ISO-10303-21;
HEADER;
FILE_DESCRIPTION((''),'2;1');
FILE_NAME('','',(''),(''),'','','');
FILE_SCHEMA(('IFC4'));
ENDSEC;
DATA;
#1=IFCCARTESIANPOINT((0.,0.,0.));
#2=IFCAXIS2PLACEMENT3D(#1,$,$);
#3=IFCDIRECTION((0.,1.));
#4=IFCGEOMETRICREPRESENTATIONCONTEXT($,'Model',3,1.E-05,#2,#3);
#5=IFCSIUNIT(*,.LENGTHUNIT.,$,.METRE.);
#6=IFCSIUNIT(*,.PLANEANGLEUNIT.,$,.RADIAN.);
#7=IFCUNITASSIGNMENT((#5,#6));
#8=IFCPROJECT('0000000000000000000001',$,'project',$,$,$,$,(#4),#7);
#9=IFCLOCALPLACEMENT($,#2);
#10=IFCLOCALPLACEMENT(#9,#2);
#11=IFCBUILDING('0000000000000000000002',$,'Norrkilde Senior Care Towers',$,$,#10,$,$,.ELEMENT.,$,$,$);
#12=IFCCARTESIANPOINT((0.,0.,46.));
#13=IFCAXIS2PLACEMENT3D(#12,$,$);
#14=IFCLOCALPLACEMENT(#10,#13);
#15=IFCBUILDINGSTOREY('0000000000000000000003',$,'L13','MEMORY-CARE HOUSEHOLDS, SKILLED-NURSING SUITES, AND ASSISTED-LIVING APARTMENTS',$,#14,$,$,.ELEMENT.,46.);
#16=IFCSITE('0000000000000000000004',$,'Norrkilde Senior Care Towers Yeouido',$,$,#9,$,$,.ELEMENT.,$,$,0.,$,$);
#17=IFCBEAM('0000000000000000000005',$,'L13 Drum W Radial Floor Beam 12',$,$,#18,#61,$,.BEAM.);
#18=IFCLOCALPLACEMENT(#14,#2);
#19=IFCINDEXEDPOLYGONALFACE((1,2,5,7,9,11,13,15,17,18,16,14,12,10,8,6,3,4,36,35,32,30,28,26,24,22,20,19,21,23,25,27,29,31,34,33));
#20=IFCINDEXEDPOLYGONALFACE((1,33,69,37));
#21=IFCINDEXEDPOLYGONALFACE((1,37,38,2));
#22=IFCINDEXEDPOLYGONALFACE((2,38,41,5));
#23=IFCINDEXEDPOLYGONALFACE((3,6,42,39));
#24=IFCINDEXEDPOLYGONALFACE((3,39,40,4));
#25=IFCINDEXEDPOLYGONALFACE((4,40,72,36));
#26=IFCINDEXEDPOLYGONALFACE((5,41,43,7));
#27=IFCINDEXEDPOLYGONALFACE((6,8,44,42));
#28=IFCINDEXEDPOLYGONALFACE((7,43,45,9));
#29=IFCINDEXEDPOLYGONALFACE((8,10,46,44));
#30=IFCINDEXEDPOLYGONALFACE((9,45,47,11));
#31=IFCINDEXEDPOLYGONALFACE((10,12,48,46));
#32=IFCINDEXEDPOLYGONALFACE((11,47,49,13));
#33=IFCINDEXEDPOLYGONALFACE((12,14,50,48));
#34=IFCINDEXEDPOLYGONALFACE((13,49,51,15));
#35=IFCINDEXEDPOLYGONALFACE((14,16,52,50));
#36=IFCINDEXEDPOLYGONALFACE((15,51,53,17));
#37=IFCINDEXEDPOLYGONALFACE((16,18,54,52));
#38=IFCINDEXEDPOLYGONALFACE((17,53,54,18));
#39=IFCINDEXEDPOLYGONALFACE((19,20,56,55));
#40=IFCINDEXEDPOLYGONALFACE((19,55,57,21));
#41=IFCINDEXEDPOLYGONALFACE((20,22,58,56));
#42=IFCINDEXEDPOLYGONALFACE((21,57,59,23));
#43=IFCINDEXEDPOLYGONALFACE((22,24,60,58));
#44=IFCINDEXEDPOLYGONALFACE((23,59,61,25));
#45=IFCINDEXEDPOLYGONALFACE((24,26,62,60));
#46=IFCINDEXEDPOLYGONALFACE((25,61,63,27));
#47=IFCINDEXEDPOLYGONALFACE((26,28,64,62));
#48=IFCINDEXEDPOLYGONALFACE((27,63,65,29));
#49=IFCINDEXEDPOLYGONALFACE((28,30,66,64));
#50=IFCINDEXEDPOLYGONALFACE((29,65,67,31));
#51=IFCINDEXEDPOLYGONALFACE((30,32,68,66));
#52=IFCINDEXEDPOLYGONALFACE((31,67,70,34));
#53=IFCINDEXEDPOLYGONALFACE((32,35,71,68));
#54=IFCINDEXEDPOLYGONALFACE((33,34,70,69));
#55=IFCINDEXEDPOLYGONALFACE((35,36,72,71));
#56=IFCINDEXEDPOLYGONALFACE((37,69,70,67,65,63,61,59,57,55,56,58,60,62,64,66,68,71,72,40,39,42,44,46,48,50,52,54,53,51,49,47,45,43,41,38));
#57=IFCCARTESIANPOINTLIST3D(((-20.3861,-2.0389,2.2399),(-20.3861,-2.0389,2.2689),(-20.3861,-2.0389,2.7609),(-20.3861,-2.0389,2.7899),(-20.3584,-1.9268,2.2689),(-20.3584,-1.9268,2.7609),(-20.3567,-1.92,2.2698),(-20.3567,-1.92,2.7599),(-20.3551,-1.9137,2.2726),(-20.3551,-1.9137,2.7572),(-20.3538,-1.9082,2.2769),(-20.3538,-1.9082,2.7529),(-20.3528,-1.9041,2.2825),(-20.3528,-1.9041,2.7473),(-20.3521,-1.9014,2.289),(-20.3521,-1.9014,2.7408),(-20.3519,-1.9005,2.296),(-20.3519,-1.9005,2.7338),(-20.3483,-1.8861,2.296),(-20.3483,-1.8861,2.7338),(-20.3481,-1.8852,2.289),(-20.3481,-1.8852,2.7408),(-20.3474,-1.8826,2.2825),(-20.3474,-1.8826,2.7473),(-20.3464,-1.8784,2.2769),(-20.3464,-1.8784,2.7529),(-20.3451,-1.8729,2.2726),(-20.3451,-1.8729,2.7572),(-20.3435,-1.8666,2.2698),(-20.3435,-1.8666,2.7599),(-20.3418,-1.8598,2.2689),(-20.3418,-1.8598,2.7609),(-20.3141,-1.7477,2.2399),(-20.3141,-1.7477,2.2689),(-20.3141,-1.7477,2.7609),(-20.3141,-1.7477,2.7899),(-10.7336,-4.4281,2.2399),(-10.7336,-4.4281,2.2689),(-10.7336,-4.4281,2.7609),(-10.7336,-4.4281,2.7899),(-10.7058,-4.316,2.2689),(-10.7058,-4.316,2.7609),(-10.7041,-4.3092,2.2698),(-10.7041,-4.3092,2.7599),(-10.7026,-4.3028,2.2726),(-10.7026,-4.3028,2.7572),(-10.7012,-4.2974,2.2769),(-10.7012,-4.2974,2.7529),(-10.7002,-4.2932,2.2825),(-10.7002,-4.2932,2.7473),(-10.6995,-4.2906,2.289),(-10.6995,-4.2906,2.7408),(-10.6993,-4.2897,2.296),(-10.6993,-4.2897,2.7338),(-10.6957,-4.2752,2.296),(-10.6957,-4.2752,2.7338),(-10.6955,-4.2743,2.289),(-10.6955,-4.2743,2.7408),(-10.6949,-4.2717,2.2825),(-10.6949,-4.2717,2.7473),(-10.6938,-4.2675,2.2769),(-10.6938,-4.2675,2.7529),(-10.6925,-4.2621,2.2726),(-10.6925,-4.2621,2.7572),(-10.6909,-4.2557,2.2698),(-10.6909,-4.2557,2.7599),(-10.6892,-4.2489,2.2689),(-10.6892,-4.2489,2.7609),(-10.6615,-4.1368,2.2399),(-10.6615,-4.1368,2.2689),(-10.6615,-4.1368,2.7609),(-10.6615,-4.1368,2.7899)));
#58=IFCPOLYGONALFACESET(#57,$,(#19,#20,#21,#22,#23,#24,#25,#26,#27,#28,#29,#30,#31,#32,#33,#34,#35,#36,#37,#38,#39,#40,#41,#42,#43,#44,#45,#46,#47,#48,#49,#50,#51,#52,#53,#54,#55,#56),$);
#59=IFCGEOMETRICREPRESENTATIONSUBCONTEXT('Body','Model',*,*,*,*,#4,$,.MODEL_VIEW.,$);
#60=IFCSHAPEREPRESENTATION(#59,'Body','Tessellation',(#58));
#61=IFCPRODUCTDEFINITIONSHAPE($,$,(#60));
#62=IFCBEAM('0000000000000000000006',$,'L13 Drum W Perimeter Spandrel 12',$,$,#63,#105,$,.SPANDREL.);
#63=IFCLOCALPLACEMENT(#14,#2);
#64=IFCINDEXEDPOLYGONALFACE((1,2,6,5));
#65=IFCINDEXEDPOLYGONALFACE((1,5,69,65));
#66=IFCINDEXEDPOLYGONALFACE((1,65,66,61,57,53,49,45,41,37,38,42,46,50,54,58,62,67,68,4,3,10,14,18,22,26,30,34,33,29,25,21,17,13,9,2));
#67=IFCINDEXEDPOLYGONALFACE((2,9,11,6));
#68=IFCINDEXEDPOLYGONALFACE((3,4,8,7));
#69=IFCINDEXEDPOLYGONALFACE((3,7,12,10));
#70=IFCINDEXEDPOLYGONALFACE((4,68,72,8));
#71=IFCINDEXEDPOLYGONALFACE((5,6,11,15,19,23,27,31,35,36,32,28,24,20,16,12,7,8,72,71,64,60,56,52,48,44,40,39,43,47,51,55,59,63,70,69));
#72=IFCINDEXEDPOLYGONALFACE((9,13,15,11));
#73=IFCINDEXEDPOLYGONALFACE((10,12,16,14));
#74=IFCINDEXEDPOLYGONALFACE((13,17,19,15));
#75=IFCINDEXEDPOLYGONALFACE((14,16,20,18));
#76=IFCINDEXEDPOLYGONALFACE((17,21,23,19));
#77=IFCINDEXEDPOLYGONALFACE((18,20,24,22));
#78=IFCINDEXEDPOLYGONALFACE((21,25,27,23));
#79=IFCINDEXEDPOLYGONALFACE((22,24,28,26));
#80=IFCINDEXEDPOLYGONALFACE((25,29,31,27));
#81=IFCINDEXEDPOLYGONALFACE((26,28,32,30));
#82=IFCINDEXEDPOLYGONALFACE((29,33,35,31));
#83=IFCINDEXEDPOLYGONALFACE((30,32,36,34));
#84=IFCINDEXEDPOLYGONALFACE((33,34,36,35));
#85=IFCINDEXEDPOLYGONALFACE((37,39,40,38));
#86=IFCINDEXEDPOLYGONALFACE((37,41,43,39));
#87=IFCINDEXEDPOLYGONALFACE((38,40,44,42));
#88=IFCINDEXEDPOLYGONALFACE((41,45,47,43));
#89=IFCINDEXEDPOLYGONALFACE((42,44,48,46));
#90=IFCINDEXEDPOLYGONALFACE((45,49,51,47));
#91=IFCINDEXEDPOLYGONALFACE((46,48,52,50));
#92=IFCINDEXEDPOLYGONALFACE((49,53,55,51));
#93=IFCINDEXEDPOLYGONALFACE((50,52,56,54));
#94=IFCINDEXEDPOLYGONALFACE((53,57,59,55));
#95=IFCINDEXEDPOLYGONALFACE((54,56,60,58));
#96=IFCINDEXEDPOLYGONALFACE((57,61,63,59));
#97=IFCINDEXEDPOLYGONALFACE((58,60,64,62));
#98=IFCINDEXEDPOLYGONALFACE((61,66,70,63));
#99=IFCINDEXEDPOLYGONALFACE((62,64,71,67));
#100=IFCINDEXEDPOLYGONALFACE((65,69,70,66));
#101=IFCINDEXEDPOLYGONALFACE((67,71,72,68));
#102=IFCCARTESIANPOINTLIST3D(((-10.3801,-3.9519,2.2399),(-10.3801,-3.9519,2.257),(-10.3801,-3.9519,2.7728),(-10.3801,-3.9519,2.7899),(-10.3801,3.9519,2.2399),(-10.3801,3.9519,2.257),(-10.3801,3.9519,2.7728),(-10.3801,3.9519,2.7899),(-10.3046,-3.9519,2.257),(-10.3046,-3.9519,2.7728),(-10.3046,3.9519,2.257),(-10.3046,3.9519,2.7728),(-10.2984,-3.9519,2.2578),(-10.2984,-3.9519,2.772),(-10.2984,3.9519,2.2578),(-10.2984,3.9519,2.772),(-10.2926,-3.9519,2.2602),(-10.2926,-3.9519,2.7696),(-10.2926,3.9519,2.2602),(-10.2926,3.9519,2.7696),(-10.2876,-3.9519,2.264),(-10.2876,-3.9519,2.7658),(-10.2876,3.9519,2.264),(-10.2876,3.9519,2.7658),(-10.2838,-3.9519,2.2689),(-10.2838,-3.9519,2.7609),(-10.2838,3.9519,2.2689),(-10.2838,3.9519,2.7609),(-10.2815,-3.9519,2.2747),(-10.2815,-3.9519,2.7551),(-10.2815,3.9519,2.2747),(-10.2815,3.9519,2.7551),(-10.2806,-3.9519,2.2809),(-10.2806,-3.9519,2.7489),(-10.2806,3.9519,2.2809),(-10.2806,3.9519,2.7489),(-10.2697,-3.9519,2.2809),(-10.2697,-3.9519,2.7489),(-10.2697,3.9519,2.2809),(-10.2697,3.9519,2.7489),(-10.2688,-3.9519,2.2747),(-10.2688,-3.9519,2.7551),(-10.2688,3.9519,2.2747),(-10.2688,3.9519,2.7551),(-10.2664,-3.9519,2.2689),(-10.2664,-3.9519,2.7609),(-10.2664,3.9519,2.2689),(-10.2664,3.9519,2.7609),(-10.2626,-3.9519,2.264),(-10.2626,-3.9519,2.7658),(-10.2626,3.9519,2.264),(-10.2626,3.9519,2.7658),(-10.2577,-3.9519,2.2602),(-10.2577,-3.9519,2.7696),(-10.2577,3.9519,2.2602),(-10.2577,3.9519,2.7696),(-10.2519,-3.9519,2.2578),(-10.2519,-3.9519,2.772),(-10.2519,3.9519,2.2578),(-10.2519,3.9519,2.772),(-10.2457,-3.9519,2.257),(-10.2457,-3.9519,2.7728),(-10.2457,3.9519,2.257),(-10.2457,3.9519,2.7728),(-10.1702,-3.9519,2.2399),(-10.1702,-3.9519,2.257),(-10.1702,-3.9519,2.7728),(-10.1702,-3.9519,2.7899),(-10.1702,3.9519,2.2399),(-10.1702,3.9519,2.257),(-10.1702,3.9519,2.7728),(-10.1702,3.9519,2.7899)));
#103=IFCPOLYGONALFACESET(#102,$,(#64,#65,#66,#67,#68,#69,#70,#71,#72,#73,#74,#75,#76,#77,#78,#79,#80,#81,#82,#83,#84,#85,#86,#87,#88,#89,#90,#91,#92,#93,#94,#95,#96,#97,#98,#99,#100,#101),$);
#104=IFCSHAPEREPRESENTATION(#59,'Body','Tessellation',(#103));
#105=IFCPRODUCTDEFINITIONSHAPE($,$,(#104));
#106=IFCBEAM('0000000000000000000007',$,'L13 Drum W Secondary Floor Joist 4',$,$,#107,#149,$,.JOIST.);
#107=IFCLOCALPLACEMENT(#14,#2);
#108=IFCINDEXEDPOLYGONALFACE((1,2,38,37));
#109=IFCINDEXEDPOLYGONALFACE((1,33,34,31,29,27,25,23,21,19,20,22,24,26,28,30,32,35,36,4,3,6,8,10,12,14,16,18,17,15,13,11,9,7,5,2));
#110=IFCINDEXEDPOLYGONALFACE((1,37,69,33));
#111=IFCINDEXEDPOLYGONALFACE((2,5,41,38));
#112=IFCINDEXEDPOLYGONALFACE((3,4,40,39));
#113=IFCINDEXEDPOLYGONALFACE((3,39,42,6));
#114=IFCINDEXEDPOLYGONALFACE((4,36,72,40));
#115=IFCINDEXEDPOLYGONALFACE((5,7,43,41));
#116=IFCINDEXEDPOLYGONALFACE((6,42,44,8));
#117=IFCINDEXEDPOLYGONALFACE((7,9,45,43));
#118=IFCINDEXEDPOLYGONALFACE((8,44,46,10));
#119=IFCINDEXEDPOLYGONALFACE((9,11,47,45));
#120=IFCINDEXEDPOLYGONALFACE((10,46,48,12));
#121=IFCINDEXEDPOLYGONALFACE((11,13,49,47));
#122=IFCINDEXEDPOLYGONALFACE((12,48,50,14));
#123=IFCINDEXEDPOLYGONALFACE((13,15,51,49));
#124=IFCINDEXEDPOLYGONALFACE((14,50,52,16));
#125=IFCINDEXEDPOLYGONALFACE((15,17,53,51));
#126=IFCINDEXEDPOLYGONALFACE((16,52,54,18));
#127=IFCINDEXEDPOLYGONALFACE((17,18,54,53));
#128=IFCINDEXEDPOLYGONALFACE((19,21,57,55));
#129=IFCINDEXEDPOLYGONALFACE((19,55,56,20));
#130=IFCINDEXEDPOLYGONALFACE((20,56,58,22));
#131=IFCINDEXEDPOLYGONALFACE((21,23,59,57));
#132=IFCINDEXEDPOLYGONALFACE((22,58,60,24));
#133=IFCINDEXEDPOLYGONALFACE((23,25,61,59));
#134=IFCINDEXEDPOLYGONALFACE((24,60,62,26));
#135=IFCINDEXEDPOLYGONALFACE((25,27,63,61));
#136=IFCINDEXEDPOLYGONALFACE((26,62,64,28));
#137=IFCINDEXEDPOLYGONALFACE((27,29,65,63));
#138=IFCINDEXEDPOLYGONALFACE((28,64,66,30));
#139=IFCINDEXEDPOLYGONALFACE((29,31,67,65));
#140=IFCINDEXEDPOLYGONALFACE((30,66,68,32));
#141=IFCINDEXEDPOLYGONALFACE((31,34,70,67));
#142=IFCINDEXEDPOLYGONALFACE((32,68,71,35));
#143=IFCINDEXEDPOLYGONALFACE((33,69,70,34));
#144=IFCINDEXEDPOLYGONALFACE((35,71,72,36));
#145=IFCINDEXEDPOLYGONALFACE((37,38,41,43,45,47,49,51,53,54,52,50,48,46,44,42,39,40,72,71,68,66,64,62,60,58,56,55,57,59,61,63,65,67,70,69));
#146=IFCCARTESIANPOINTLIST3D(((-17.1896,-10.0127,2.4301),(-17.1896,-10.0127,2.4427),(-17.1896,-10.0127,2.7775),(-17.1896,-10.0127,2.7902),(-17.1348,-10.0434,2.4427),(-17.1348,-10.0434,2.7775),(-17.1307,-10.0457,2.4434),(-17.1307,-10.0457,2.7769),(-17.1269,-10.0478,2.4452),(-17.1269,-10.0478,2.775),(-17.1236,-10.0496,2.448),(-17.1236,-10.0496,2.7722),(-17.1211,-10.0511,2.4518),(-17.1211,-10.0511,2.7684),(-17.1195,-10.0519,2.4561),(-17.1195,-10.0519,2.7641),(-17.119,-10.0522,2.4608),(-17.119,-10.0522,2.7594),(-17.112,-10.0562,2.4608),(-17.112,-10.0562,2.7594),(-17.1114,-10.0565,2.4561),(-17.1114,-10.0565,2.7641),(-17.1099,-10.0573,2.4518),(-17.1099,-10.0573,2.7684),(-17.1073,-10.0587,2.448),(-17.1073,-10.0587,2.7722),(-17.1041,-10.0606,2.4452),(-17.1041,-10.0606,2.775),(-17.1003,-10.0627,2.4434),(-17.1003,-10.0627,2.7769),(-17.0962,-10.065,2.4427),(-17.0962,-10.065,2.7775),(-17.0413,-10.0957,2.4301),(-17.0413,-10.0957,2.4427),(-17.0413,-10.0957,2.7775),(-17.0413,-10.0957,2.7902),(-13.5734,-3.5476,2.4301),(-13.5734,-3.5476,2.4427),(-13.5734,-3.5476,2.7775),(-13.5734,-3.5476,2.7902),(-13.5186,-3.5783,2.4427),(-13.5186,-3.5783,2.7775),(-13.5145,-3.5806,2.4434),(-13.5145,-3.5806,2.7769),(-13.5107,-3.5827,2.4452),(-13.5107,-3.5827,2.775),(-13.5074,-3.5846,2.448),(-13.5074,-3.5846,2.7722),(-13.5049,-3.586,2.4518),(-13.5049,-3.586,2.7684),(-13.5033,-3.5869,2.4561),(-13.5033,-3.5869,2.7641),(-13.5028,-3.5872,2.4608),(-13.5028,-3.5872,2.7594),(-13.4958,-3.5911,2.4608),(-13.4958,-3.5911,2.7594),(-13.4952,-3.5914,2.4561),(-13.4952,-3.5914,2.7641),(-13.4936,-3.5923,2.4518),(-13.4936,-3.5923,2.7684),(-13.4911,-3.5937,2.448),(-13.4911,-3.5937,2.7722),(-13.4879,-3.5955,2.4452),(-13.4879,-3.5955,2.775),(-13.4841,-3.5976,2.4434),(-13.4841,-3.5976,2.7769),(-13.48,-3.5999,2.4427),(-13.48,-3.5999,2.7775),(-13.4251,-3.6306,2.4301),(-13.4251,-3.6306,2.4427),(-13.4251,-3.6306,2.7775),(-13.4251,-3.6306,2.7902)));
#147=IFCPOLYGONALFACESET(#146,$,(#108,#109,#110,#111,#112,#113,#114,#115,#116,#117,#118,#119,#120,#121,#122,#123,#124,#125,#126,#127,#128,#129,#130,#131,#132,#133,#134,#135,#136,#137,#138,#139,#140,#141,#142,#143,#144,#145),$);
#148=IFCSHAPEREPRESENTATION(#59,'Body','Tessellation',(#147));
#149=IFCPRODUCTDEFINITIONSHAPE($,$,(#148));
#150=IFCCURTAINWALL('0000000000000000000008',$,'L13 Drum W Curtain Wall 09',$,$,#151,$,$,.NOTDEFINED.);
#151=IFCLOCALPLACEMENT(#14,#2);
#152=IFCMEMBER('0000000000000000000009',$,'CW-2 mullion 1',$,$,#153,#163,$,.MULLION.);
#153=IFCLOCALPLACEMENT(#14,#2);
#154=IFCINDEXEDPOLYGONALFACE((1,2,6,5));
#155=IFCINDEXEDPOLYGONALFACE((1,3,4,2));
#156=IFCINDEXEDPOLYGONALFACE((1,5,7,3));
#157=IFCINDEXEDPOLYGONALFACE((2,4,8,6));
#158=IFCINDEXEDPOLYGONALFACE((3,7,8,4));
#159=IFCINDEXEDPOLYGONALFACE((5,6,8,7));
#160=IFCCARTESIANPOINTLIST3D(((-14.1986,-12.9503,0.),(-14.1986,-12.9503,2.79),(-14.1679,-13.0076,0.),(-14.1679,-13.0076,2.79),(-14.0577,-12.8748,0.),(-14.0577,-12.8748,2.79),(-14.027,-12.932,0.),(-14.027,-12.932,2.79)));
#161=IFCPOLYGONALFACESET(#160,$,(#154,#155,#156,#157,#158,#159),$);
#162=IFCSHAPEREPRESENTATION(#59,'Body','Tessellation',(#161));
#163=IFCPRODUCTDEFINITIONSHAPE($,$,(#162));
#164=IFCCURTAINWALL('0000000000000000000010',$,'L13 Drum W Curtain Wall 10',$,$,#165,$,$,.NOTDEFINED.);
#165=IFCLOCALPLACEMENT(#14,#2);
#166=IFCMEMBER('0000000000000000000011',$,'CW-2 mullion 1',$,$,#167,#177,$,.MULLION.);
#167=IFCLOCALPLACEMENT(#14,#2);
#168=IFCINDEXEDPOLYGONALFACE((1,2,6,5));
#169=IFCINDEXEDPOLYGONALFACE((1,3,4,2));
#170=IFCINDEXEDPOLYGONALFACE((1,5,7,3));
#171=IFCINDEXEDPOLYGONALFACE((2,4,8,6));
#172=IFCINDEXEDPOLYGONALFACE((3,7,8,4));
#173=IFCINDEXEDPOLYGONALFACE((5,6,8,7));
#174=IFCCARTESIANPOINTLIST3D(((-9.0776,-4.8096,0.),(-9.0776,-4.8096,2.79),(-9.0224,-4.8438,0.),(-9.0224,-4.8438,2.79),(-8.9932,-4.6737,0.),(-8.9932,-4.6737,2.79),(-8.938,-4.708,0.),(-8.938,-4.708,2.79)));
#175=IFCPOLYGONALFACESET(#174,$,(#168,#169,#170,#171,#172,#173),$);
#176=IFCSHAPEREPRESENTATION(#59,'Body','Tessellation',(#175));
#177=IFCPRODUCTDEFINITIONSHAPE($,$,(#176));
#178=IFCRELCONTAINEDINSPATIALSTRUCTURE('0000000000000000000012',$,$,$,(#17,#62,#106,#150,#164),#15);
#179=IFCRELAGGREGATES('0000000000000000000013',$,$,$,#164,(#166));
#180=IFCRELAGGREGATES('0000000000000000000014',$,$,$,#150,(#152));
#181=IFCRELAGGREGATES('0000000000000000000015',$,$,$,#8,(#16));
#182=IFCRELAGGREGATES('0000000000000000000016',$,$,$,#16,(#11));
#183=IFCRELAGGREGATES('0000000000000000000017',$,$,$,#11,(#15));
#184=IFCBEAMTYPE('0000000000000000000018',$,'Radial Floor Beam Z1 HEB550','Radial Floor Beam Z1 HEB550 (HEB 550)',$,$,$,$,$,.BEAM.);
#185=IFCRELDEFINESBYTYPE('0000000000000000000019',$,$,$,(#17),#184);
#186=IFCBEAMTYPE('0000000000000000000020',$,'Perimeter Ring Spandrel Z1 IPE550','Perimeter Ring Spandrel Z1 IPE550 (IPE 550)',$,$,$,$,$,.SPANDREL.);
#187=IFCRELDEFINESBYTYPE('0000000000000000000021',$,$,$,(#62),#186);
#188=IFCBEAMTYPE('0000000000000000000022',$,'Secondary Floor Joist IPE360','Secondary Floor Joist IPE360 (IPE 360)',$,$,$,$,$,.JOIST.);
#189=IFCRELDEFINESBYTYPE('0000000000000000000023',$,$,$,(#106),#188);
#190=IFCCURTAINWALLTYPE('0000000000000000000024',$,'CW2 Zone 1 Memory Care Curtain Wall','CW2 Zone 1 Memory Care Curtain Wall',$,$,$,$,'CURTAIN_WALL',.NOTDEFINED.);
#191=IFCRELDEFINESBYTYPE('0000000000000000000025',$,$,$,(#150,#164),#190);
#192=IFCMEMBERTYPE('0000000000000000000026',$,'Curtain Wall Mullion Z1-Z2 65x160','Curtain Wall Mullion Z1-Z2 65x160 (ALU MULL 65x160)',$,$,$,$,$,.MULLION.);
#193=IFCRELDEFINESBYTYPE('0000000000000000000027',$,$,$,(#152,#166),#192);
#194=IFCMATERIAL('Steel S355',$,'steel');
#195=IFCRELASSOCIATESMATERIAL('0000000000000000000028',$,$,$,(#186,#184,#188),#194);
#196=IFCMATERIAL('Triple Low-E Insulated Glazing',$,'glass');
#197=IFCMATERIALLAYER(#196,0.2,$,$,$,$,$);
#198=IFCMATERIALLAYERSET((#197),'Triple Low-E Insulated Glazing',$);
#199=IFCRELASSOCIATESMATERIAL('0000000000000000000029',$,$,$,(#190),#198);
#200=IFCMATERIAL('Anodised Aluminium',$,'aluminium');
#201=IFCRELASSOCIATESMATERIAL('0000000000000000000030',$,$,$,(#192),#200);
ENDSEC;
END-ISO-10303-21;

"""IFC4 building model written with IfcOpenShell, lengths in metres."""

from ifc_helpers import new_model, si_unit, direction, frame, origin, origin_2d, place, context, subcontext, project, spatial, rectangle, i_section, extrude, source, transform, mapped, material, layer, layer_set, material_profile, profile_set, type_object, type_shapes, element, aggregate, save


model = new_model("IFC4")

# Units and contexts
model_context = context("Model", 3, precision=1e-05, world=origin(), true_north=direction((0.0, 1.0)))
body_context = subcontext(model_context, "Body", "Model", "MODEL_VIEW")
ifc_project = project(units=[si_unit("LENGTHUNIT", "METRE"), si_unit("PLANEANGLEUNIT", "RADIAN")], contexts=[model_context])

# Site, building, storey
site_placement = place(None, origin())
site = spatial("IfcSite", under=ifc_project, at=site_placement, Name="Norrkilde Senior Care Towers Yeouido", CompositionType="ELEMENT", RefElevation=0.0)
building_placement = place(site_placement, origin())
building = spatial("IfcBuilding", under=site, at=building_placement, Name="Norrkilde Senior Care Towers", CompositionType="ELEMENT")
storey_placement = place(building_placement, frame((0.0, 0.0, 46.0)))
storey = spatial("IfcBuildingStorey", under=building, at=storey_placement, Name="L13", Description="MEMORY-CARE HOUSEHOLDS, SKILLED-NURSING SUITES, AND ASSISTED-LIVING APARTMENTS", CompositionType="ELEMENT", Elevation=46.0)

# Beams
ifc_material_1 = material(Name="Steel S355", Category="steel")
ifc_material_profile_1 = material_profile(ifc_material_1, i_section(OverallWidth=0.21, OverallDepth=0.55, WebThickness=0.011, FlangeThickness=0.0171, FilletRadius=0.0239, at=origin_2d()), Name="IPE 550")
ifc_profile_set_1 = profile_set([ifc_material_profile_1], Name="Steel S355")
beam_type_1 = type_object("IfcBeamType", Name="Perimeter Ring Spandrel Z1 IPE550", Description="Perimeter Ring Spandrel Z1 IPE550 (IPE 550)", PredefinedType="SPANDREL", material=ifc_profile_set_1)
ifc_material_profile_2 = material_profile(ifc_material_1, i_section(OverallWidth=0.3, OverallDepth=0.55, WebThickness=0.0149, FlangeThickness=0.0291, FilletRadius=0.0271, at=origin_2d()), Name="HEB 550")
ifc_profile_set_2 = profile_set([ifc_material_profile_2], Name="Steel S355")
beam_type_2 = type_object("IfcBeamType", Name="Radial Floor Beam Z1 HEB550", Description="Radial Floor Beam Z1 HEB550 (HEB 550)", PredefinedType="BEAM", material=ifc_profile_set_2)
shared_shape_1 = source(origin(), body_context, "Body", "SweptSolid", [
    extrude(i_section(OverallWidth=0.3, OverallDepth=0.55, WebThickness=0.0149, FlangeThickness=0.0291, FilletRadius=0.0271, at=origin_2d()), origin(), (0.0, 0.0, 1.0), 9.9438),
])
type_shapes(beam_type_2, [shared_shape_1])
for number, where, z_axis, x_axis, name in (
    (1, (-20.3501, -1.8933, 2.5149), (0.970707, -0.240265, 0.0), (0.240265, 0.970707, 0.0), "L13 Drum W Radial Floor Beam 12"),
):
    element("IfcBeam", number, at=place(storey_placement, frame(where, z_axis=z_axis, x_axis=x_axis)), inside=storey, type_object=beam_type_2, Name=name, PredefinedType="BEAM", context=body_context, shape_type="MappedRepresentation", body=[
        mapped(shared_shape_1, transform((0.0, 0.0, 0.0), x_axis=(1.0, 0.0, 0.0), y_axis=(0.0, 1.0, 0.0), z_axis=(0.0, 0.0, 1.0), scale=1.0)),
    ])
shared_shape_2 = source(origin(), body_context, "Body", "SweptSolid", [
    extrude(i_section(OverallWidth=0.21, OverallDepth=0.55, WebThickness=0.011, FlangeThickness=0.0171, FilletRadius=0.0239, at=origin_2d()), origin(), (0.0, 0.0, 1.0), 7.9038),
])
beam_1_placement = place(storey_placement, frame((-10.2751, -3.9519, 2.5149), z_axis=(0.0, 1.0, 0.0), x_axis=(-1.0, 0.0, 0.0)))
element("IfcBeam", 2, at=beam_1_placement, inside=storey, type_object=beam_type_1, Name="L13 Drum W Perimeter Spandrel 12", PredefinedType="SPANDREL", context=body_context, shape_type="MappedRepresentation", body=[
    mapped(shared_shape_2, transform((0.0, 0.0, 0.0), x_axis=(1.0, 0.0, 0.0), y_axis=(0.0, 1.0, 0.0), z_axis=(0.0, 0.0, 1.0), scale=1.0)),
])
ifc_material_profile_3 = material_profile(ifc_material_1, i_section(OverallWidth=0.1699, OverallDepth=0.3601, WebThickness=0.0081, FlangeThickness=0.0127, FilletRadius=0.0181, at=origin_2d()), Name="IPE 360")
ifc_profile_set_3 = profile_set([ifc_material_profile_3], Name="Steel S355")
beam_type_3 = type_object("IfcBeamType", Name="Secondary Floor Joist IPE360", Description="Secondary Floor Joist IPE360 (IPE 360)", PredefinedType="JOIST", material=ifc_profile_set_3)
shared_shape_3 = source(origin(), body_context, "Body", "SweptSolid", [
    extrude(i_section(OverallWidth=0.1699, OverallDepth=0.3601, WebThickness=0.0081, FlangeThickness=0.0127, FilletRadius=0.0181, at=origin_2d()), origin(), (0.0, 0.0, 1.0), 7.4077),
])
type_shapes(beam_type_3, [shared_shape_3])
beam_2_placement = place(storey_placement, frame((-17.1155, -10.0542, 2.6101), z_axis=(0.488168, 0.87275, 0.0), x_axis=(-0.87275, 0.488168, 0.0)))
element("IfcBeam", 3, at=beam_2_placement, inside=storey, type_object=beam_type_3, Name="L13 Drum W Secondary Floor Joist 4", PredefinedType="JOIST", context=body_context, shape_type="MappedRepresentation", body=[
    mapped(shared_shape_3, transform((0.0, 0.0, 0.0), x_axis=(1.0, 0.0, 0.0), y_axis=(0.0, 1.0, 0.0), z_axis=(0.0, 0.0, 1.0), scale=1.0)),
])

# Curtain wall, member
ifc_material_2 = material(Name="Triple Low-E Insulated Glazing", Category="glass")
ifc_layer_1 = layer(ifc_material_2, 0.2)
ifc_layer_set_1 = layer_set([ifc_layer_1], Name="Triple Low-E Insulated Glazing")
curtain_wall_type = type_object("IfcCurtainWallType", Name="CW2 Zone 1 Memory Care Curtain Wall", Description="CW2 Zone 1 Memory Care Curtain Wall", ElementType="CURTAIN_WALL", PredefinedType="NOTDEFINED", material=ifc_layer_set_1)
curtain_wall_1_placement = place(storey_placement, origin())
curtain_wall_1 = element("IfcCurtainWall", 4, at=curtain_wall_1_placement, inside=storey, type_object=curtain_wall_type, Name="L13 Drum W Curtain Wall 09", PredefinedType="NOTDEFINED")
ifc_material_3 = material(Name="Anodised Aluminium", Category="aluminium")
ifc_material_profile_4 = material_profile(ifc_material_3, rectangle(XDim=0.0649, YDim=0.1599, at=origin_2d()), Name="ALU MULL 65x160")
ifc_profile_set_4 = profile_set([ifc_material_profile_4], Name="Anodised Aluminium")
member_type_1 = type_object("IfcMemberType", Name="Curtain Wall Mullion Z1-Z2 65x160", Description="Curtain Wall Mullion Z1-Z2 65x160 (ALU MULL 65x160)", PredefinedType="MULLION", material=ifc_profile_set_4)
shared_shape_4 = source(origin(), body_context, "Body", "SweptSolid", [
    extrude(rectangle(XDim=0.0649, YDim=0.1599, at=origin_2d()), origin(), (0.0, 0.0, 1.0), 2.79),
])
type_shapes(member_type_1, [shared_shape_4])
member_1_placement = place(storey_placement, frame((-14.1128, -12.9412, 0.0), z_axis=(0.0, 0.0, 1.0), x_axis=(0.472608, -0.881273, 0.0)))
member_1 = element("IfcMember", 5, at=member_1_placement, type_object=member_type_1, Name="CW-2 mullion 1", PredefinedType="MULLION", context=body_context, shape_type="MappedRepresentation", body=[
    mapped(shared_shape_4, transform((0.0, 0.0, 0.0), x_axis=(1.0, 0.0, 0.0), y_axis=(0.0, 1.0, 0.0), z_axis=(0.0, 0.0, 1.0), scale=1.0)),
])

# Curtain wall, member
curtain_wall_2_placement = place(storey_placement, origin())
curtain_wall_2 = element("IfcCurtainWall", 6, at=curtain_wall_2_placement, inside=storey, type_object=curtain_wall_type, Name="L13 Drum W Curtain Wall 10", PredefinedType="NOTDEFINED")
member_2_placement = place(storey_placement, frame((-9.0078, -4.7588, 0.0), z_axis=(0.0, 0.0, 1.0), x_axis=(0.849306, -0.527901, 0.0)))
member_2 = element("IfcMember", 7, at=member_2_placement, type_object=member_type_1, Name="CW-2 mullion 1", PredefinedType="MULLION", context=body_context, shape_type="MappedRepresentation", body=[
    mapped(shared_shape_4, transform((0.0, 0.0, 0.0), x_axis=(1.0, 0.0, 0.0), y_axis=(0.0, 1.0, 0.0), z_axis=(0.0, 0.0, 1.0), scale=1.0)),
])

aggregate(curtain_wall_2, [member_2])
aggregate(curtain_wall_1, [member_1])

save(model, "model.ifc")
